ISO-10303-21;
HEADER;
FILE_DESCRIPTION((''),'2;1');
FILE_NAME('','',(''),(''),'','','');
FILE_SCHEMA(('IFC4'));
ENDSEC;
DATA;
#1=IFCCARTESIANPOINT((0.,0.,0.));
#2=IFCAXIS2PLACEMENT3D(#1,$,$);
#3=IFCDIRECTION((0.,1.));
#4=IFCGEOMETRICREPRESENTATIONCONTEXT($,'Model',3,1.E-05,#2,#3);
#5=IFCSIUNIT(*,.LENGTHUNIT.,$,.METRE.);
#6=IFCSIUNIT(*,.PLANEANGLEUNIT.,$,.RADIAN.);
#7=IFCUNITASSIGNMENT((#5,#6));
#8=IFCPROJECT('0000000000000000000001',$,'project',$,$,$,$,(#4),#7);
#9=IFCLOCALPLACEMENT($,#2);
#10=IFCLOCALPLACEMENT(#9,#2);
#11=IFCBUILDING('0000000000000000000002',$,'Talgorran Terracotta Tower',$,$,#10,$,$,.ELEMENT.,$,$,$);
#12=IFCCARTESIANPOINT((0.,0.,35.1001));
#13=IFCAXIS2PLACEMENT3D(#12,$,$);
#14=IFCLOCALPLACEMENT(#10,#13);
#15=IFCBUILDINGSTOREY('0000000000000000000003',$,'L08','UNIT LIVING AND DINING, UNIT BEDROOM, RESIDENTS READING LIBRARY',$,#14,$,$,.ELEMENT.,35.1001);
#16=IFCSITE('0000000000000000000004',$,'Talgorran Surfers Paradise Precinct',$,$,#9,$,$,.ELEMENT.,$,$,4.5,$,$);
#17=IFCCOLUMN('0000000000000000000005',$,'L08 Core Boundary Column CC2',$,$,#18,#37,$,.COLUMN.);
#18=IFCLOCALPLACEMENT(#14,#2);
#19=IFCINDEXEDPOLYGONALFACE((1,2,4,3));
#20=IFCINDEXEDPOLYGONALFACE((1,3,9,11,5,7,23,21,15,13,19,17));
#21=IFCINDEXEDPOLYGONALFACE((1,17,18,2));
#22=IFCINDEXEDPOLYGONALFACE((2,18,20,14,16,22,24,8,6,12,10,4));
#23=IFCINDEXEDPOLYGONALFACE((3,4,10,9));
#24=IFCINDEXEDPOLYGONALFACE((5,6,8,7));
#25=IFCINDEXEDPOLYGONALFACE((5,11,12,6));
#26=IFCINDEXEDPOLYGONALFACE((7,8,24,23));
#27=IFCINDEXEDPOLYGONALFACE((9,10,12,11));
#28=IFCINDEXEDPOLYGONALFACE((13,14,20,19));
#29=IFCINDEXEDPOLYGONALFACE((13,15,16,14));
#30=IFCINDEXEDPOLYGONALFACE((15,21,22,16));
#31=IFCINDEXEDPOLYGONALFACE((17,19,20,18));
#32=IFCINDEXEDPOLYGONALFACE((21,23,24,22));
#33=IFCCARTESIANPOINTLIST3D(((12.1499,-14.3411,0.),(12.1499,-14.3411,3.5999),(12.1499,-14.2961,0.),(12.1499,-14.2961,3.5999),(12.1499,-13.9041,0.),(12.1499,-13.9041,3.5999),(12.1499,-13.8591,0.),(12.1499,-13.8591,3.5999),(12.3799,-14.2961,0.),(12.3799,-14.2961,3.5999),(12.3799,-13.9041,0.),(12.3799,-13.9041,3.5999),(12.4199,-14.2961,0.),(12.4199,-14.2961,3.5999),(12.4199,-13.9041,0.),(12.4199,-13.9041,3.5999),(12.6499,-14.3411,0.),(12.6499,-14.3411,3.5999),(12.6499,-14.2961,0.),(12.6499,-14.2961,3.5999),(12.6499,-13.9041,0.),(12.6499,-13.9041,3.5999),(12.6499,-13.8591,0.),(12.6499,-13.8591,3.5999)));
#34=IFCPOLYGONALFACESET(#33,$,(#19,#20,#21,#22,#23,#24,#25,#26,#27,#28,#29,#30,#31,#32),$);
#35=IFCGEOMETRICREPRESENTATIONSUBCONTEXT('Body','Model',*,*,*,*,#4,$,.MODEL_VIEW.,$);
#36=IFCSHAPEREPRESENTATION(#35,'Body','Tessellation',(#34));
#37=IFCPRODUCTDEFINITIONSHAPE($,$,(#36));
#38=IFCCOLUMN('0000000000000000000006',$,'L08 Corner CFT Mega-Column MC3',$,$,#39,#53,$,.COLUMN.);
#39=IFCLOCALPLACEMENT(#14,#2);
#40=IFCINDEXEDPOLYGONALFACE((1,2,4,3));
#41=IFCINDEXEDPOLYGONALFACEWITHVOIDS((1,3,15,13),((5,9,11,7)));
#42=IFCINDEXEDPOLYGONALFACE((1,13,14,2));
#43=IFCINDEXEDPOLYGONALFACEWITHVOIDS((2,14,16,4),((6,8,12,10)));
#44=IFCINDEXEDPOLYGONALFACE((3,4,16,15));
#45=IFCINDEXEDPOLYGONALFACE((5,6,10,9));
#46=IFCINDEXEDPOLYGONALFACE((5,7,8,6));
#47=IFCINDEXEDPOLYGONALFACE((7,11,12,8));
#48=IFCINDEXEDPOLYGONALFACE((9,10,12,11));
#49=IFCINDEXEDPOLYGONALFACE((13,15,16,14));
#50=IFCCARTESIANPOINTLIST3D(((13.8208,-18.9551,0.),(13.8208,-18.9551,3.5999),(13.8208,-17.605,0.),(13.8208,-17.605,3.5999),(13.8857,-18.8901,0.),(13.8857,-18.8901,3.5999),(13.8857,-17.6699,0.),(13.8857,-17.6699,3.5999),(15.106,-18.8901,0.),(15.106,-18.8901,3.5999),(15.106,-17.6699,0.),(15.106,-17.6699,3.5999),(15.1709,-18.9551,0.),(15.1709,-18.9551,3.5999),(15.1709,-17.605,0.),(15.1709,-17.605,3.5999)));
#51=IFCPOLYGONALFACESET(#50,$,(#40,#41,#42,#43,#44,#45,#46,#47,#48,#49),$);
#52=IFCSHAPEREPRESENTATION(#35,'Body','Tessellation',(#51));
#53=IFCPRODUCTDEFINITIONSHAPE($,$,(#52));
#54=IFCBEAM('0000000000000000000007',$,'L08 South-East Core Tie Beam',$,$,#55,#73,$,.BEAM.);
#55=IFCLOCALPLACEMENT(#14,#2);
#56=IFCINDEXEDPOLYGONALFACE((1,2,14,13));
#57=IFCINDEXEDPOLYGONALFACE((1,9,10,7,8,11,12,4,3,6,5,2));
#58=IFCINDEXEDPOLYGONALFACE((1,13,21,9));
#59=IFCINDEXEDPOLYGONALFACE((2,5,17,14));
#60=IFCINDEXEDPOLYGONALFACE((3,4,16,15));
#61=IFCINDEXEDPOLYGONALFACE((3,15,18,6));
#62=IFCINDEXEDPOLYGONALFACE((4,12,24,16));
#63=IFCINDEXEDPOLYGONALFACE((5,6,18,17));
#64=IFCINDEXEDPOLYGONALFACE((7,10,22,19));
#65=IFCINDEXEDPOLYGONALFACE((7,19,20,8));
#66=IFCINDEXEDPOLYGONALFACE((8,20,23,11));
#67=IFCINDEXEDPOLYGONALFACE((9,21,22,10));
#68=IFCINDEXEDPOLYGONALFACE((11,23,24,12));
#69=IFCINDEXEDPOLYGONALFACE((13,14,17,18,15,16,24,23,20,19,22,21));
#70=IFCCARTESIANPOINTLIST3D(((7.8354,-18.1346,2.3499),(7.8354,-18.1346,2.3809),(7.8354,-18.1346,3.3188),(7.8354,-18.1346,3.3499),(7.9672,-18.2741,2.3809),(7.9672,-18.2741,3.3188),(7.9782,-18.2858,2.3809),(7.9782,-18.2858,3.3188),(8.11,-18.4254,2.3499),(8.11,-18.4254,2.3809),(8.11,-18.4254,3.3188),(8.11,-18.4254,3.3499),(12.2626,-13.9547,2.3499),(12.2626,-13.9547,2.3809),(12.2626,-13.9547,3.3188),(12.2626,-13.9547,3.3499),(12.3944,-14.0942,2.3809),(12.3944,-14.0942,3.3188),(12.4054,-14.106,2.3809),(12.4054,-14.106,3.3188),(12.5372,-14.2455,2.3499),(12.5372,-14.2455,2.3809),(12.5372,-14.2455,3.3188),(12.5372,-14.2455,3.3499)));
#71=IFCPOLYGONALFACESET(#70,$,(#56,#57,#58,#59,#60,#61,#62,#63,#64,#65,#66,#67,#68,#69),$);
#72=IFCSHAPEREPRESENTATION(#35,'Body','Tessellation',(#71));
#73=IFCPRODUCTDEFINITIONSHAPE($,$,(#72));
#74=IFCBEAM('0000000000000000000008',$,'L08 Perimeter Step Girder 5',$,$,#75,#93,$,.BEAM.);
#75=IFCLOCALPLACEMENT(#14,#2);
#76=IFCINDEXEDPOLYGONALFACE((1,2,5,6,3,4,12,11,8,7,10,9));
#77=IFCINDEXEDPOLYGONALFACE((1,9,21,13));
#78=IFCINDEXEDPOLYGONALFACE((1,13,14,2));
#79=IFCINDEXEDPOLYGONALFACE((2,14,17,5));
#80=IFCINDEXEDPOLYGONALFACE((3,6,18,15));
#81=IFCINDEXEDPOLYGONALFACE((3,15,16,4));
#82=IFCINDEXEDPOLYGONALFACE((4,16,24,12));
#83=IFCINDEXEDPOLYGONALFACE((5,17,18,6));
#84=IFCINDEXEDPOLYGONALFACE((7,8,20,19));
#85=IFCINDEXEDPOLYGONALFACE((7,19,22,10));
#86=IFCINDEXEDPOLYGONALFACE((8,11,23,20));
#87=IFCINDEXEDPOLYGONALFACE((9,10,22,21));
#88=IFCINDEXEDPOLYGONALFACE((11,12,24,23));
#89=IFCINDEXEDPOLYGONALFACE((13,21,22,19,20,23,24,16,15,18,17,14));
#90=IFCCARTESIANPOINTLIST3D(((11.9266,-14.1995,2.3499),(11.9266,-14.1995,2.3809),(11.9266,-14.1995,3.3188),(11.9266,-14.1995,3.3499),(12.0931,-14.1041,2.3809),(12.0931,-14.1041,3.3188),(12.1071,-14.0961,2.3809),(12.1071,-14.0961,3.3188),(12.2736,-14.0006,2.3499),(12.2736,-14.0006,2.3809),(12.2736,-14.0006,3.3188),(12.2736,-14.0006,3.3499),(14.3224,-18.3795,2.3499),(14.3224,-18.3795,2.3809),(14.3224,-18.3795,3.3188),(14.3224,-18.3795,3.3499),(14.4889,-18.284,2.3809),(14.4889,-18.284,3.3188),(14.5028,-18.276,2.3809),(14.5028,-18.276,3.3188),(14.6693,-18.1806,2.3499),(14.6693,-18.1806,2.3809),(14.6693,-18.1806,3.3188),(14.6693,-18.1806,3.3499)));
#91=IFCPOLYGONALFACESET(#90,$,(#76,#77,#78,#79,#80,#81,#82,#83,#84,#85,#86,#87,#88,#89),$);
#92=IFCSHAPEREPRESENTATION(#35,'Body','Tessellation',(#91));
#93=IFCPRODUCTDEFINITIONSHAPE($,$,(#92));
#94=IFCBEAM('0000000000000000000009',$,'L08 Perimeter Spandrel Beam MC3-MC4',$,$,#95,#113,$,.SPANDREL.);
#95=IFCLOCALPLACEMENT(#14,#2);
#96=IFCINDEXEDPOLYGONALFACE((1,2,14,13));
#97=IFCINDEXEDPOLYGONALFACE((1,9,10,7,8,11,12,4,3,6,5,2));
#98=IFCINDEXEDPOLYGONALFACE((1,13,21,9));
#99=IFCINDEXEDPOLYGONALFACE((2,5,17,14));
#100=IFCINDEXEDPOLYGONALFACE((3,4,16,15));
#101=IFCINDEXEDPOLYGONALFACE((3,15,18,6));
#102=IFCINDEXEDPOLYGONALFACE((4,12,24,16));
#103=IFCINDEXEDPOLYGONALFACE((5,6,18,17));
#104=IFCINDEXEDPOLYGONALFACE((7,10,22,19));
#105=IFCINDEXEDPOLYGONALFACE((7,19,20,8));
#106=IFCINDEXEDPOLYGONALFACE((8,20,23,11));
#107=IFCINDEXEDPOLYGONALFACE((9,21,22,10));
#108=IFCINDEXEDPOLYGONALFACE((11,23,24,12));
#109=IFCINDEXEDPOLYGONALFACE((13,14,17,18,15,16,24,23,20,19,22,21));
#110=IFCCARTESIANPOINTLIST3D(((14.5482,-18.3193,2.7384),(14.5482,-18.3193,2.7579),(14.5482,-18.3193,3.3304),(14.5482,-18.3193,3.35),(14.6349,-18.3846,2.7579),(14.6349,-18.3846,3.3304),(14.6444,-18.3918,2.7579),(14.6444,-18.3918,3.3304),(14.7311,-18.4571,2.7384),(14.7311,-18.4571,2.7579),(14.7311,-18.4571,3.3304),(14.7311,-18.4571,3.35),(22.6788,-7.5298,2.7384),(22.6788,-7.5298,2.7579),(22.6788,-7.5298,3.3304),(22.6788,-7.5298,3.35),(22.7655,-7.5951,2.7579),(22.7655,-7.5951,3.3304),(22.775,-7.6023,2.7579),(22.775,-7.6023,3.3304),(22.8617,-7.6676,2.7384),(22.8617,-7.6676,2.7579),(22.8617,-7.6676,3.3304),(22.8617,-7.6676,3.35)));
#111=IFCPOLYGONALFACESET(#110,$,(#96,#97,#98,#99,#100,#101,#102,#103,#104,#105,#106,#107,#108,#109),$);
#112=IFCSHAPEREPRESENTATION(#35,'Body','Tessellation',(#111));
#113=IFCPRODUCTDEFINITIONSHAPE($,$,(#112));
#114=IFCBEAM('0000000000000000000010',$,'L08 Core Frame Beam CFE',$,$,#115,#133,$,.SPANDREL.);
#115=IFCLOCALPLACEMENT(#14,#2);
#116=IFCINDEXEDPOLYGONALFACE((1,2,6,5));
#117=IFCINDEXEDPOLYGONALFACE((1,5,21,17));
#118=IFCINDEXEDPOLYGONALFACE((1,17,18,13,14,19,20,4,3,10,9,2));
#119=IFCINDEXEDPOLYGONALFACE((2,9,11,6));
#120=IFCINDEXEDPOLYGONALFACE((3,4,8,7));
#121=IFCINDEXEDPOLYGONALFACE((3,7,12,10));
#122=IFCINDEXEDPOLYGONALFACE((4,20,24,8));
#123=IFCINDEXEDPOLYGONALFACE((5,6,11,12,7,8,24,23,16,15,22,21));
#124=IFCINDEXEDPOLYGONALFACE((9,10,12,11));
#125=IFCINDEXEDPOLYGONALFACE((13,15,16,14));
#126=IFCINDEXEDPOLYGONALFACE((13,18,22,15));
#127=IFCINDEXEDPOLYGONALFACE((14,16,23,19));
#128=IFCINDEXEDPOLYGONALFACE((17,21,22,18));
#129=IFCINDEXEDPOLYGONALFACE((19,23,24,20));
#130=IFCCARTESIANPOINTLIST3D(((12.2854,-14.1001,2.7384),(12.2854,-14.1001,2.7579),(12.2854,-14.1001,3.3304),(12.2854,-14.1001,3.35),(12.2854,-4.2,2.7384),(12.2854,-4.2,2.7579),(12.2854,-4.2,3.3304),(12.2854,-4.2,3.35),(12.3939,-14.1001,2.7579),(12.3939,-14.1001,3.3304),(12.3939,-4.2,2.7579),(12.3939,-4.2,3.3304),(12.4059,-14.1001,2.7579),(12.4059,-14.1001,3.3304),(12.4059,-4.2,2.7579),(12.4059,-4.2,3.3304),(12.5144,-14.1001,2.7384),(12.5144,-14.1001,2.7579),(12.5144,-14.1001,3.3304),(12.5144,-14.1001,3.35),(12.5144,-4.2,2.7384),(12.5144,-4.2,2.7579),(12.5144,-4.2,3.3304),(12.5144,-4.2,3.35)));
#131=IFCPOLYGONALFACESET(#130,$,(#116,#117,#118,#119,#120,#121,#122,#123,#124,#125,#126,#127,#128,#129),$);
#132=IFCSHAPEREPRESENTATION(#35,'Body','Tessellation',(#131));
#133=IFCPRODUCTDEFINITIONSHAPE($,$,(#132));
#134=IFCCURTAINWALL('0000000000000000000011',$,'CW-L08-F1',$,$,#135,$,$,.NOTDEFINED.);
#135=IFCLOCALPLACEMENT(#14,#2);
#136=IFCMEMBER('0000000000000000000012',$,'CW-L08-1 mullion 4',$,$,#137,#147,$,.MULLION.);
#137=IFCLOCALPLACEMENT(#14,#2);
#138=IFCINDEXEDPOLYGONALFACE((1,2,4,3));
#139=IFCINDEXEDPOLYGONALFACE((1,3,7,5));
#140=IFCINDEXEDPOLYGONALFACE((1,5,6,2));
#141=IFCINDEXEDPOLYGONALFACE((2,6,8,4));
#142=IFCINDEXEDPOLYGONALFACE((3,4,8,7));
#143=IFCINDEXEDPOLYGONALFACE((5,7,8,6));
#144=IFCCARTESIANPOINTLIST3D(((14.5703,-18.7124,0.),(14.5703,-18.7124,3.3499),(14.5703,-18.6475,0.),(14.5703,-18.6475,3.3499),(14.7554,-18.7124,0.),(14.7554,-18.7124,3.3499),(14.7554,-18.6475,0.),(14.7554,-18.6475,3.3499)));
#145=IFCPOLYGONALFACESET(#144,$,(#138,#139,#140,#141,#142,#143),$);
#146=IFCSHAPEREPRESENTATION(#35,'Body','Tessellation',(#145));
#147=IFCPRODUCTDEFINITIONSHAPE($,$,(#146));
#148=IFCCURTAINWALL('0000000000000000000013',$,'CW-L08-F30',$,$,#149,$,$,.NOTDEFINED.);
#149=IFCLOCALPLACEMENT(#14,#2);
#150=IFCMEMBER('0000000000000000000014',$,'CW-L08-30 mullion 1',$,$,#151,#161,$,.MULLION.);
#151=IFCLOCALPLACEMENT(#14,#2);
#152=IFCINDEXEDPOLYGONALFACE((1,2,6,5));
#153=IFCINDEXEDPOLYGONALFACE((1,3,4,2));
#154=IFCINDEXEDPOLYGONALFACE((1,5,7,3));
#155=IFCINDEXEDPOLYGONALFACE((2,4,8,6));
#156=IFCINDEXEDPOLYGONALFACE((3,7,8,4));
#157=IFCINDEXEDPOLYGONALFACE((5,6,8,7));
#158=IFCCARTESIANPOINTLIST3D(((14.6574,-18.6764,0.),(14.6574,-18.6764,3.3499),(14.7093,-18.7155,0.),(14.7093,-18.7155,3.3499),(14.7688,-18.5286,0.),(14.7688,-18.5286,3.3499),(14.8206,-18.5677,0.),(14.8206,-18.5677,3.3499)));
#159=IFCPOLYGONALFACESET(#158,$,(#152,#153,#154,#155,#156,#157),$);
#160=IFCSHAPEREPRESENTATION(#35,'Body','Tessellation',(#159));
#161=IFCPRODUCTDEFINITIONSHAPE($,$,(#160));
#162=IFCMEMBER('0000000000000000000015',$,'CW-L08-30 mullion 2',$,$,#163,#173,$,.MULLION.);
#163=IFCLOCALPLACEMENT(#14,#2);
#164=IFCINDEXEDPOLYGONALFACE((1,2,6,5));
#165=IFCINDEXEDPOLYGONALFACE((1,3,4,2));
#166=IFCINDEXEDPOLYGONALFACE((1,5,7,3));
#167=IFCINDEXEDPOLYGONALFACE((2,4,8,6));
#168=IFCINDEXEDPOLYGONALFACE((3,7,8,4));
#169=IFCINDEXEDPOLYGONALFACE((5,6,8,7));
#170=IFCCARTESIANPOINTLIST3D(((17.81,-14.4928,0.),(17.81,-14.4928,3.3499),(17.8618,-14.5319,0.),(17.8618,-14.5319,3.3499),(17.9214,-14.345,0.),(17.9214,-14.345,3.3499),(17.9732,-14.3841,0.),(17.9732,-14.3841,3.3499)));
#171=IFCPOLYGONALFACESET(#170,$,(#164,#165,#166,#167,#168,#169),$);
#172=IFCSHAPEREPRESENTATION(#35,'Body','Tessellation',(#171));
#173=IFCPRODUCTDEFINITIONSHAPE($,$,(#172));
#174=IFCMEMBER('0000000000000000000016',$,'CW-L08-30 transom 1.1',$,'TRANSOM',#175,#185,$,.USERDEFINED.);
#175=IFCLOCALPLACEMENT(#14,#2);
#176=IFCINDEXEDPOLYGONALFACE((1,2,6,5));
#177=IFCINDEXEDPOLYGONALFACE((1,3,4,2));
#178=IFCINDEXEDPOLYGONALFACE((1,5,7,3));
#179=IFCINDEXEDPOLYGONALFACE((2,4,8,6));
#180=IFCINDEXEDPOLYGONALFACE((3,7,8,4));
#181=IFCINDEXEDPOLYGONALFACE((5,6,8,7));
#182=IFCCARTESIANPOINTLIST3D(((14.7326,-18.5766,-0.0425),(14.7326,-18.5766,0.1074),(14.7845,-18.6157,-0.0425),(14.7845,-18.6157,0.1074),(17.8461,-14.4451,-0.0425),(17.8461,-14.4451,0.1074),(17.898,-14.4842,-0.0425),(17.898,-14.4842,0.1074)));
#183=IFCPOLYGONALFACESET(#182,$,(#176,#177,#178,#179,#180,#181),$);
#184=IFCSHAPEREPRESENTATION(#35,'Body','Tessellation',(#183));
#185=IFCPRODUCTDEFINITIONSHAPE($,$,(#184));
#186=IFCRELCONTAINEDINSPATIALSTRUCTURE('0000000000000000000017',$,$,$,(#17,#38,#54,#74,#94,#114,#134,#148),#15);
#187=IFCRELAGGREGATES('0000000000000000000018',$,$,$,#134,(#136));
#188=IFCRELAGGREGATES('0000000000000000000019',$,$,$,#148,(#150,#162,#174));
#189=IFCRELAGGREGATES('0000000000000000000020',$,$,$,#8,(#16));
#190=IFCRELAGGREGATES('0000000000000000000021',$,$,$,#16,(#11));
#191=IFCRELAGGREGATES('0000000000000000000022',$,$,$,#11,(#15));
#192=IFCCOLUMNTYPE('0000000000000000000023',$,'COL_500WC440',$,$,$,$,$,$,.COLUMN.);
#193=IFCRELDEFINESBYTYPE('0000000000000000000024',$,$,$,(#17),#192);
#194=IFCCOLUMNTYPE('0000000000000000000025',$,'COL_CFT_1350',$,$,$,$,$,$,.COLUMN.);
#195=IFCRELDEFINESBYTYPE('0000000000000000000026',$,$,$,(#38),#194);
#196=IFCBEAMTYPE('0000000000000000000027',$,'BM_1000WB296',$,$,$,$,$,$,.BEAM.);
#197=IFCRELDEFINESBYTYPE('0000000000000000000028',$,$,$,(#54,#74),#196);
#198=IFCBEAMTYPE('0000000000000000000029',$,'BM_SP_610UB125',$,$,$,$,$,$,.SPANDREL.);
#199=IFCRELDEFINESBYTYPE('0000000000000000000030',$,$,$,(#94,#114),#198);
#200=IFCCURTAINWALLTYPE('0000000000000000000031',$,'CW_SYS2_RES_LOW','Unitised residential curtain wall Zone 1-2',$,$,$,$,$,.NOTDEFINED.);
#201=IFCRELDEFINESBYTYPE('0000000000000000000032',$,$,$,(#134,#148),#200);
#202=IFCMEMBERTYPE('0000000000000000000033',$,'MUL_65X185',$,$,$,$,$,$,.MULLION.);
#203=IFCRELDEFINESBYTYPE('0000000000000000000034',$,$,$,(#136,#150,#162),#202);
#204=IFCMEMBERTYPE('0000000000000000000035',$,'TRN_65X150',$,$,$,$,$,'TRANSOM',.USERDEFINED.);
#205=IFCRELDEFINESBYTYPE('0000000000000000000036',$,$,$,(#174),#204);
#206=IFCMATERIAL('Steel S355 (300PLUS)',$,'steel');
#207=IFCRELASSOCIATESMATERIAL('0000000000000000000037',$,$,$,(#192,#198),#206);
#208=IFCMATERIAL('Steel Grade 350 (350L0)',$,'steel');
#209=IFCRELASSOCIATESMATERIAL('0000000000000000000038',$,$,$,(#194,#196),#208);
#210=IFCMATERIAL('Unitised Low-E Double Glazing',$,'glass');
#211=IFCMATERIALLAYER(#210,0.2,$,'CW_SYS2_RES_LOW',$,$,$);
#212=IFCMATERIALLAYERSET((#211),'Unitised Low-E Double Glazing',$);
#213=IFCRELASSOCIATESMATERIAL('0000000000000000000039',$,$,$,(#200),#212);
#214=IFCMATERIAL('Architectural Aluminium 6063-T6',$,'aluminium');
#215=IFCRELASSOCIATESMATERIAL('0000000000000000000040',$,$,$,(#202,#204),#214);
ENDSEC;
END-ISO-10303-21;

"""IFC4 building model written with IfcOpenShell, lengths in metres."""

from ifc_helpers import new_model, si_unit, direction, frame, origin, origin_2d, place, context, subcontext, project, spatial, rectangle, hollow_rectangle, i_section, extrude, material, layer, layer_set, material_profile, profile_set, type_object, element, aggregate, save


model = new_model("IFC4")

# Units and contexts
model_context = context("Model", 3, precision=1e-05, world=origin(), true_north=direction((0.0, 1.0)))
body_context = subcontext(model_context, "Body", "Model", "MODEL_VIEW")
ifc_project = project(units=[si_unit("LENGTHUNIT", "METRE"), si_unit("PLANEANGLEUNIT", "RADIAN")], contexts=[model_context])

# Site, building, storey
site_placement = place(None, origin())
site = spatial("IfcSite", under=ifc_project, at=site_placement, Name="Talgorran Surfers Paradise Precinct", CompositionType="ELEMENT", RefElevation=4.5)
building_placement = place(site_placement, origin())
building = spatial("IfcBuilding", under=site, at=building_placement, Name="Talgorran Terracotta Tower", CompositionType="ELEMENT")
storey_placement = place(building_placement, frame((0.0, 0.0, 35.1001)))
storey = spatial("IfcBuildingStorey", under=building, at=storey_placement, Name="L08", Description="UNIT LIVING AND DINING, UNIT BEDROOM, RESIDENTS READING LIBRARY", CompositionType="ELEMENT", Elevation=35.1001)

# Columns
ifc_material_1 = material(Name="Steel S355 (300PLUS)", Category="steel")
ifc_material_profile_1 = material_profile(ifc_material_1, i_section(OverallWidth=0.5, OverallDepth=0.4819, WebThickness=0.04, FlangeThickness=0.0449, at=origin_2d()), Name="500WC440")
ifc_profile_set_1 = profile_set([ifc_material_profile_1], Name="Steel S355 (300PLUS)")
column_type_1 = type_object("IfcColumnType", Name="COL_500WC440", PredefinedType="COLUMN", material=ifc_profile_set_1)
column_1_placement = place(storey_placement, frame((12.3999, -14.1001, 0.0), z_axis=(0.0, 0.0, 1.0), x_axis=(1.0, 0.0, 0.0)))
element("IfcColumn", 1, at=column_1_placement, inside=storey, type_object=column_type_1, Name="L08 Core Boundary Column CC2", PredefinedType="COLUMN", context=body_context, shape_type="SweptSolid", body=[
    extrude(i_section(OverallWidth=0.5, OverallDepth=0.4819, WebThickness=0.04, FlangeThickness=0.0449, at=origin_2d()), origin(), (0.0, 0.0, 1.0), 3.5999),
])
ifc_material_2 = material(Name="Steel Grade 350 (350L0)", Category="steel")
ifc_material_profile_2 = material_profile(ifc_material_2, hollow_rectangle(XDim=1.3501, YDim=1.3501, WallThickness=0.0649, at=origin_2d()), Name="CFT1350X1350X65")
ifc_profile_set_2 = profile_set([ifc_material_profile_2], Name="Steel Grade 350 (350L0)")
column_type_2 = type_object("IfcColumnType", Name="COL_CFT_1350", PredefinedType="COLUMN", material=ifc_profile_set_2)
column_2_placement = place(storey_placement, frame((14.4958, -18.28, 0.0), z_axis=(0.0, 0.0, 1.0), x_axis=(1.0, 0.0, 0.0)))
element("IfcColumn", 2, at=column_2_placement, inside=storey, type_object=column_type_2, Name="L08 Corner CFT Mega-Column MC3", PredefinedType="COLUMN", context=body_context, shape_type="SweptSolid", body=[
    extrude(hollow_rectangle(XDim=1.3501, YDim=1.3501, WallThickness=0.0649, at=origin_2d()), origin(), (0.0, 0.0, 1.0), 3.5999),
])

# Beams
ifc_material_profile_3 = material_profile(ifc_material_2, i_section(OverallWidth=0.3999, OverallDepth=1.0, WebThickness=0.0161, FlangeThickness=0.031, at=origin_2d()), Name="1000WB296")
ifc_profile_set_3 = profile_set([ifc_material_profile_3], Name="Steel Grade 350 (350L0)")
beam_type_1 = type_object("IfcBeamType", Name="BM_1000WB296", PredefinedType="BEAM", material=ifc_profile_set_3)
beam_1_placement = place(storey_placement, frame((12.3999, -14.1001, 2.8499), z_axis=(-0.727124, -0.686506, 0.0), x_axis=(0.686506, -0.727124, 0.0)))
element("IfcBeam", 3, at=beam_1_placement, inside=storey, type_object=beam_type_1, Name="L08 South-East Core Tie Beam", PredefinedType="BEAM", context=body_context, shape_type="SweptSolid", body=[
    extrude(i_section(OverallWidth=0.3999, OverallDepth=1.0, WebThickness=0.0161, FlangeThickness=0.031, at=origin_2d()), origin(), (0.0, 0.0, 1.0), 6.0886),
])
beam_2_placement = place(storey_placement, frame((14.4958, -18.28, 2.8499), z_axis=(-0.497268, 0.867597, 0.0), x_axis=(-0.867597, -0.497268, 0.0)))
element("IfcBeam", 4, at=beam_2_placement, inside=storey, type_object=beam_type_1, Name="L08 Perimeter Step Girder 5", PredefinedType="BEAM", context=body_context, shape_type="SweptSolid", body=[
    extrude(i_section(OverallWidth=0.3999, OverallDepth=1.0, WebThickness=0.0161, FlangeThickness=0.031, at=origin_2d()), origin(), (0.0, 0.0, 1.0), 4.8179),
])
ifc_material_profile_4 = material_profile(ifc_material_1, i_section(OverallWidth=0.229, OverallDepth=0.6116, WebThickness=0.012, FlangeThickness=0.0195, at=origin_2d()), Name="610UB125")
ifc_profile_set_4 = profile_set([ifc_material_profile_4], Name="Steel S355 (300PLUS)")
beam_type_2 = type_object("IfcBeamType", Name="BM_SP_610UB125", PredefinedType="SPANDREL", material=ifc_profile_set_4)
beam_3_placement = place(storey_placement, frame((14.6396, -18.3882, 3.0442), z_axis=(0.60182, 0.798632, 0.0), x_axis=(-0.798632, 0.60182, 0.0)))
element("IfcBeam", 5, at=beam_3_placement, inside=storey, type_object=beam_type_2, Name="L08 Perimeter Spandrel Beam MC3-MC4", PredefinedType="SPANDREL", context=body_context, shape_type="SweptSolid", body=[
    extrude(i_section(OverallWidth=0.229, OverallDepth=0.6116, WebThickness=0.012, FlangeThickness=0.0195, at=origin_2d()), origin(), (0.0, 0.0, 1.0), 13.51),
])
beam_4_placement = place(storey_placement, frame((12.3999, -14.1001, 3.0442), z_axis=(0.0, 1.0, 0.0), x_axis=(-1.0, 0.0, 0.0)))
element("IfcBeam", 6, at=beam_4_placement, inside=storey, type_object=beam_type_2, Name="L08 Core Frame Beam CFE", PredefinedType="SPANDREL", context=body_context, shape_type="SweptSolid", body=[
    extrude(i_section(OverallWidth=0.229, OverallDepth=0.6116, WebThickness=0.012, FlangeThickness=0.0195, at=origin_2d()), origin(), (0.0, 0.0, 1.0), 9.9001),
])

# Curtain wall, member
ifc_material_3 = material(Name="Unitised Low-E Double Glazing", Category="glass")
ifc_layer_1 = layer(ifc_material_3, 0.2, Name="CW_SYS2_RES_LOW")
ifc_layer_set_1 = layer_set([ifc_layer_1], Name="Unitised Low-E Double Glazing")
curtain_wall_type = type_object("IfcCurtainWallType", Name="CW_SYS2_RES_LOW", Description="Unitised residential curtain wall Zone 1-2", PredefinedType="NOTDEFINED", material=ifc_layer_set_1)
curtain_wall_1_placement = place(storey_placement, origin())
curtain_wall_1 = element("IfcCurtainWall", 7, at=curtain_wall_1_placement, inside=storey, type_object=curtain_wall_type, Name="CW-L08-F1", PredefinedType="NOTDEFINED")
ifc_material_4 = material(Name="Architectural Aluminium 6063-T6", Category="aluminium")
ifc_material_profile_5 = material_profile(ifc_material_4, rectangle(XDim=0.0649, YDim=0.1851, at=origin_2d()), Name="CWM65X185")
ifc_profile_set_5 = profile_set([ifc_material_profile_5], Name="Architectural Aluminium 6063-T6")
member_type_1 = type_object("IfcMemberType", Name="MUL_65X185", PredefinedType="MULLION", material=ifc_profile_set_5)
member_1_placement = place(storey_placement, frame((14.6628, -18.6799, 0.0), z_axis=(0.0, 0.0, 1.0), x_axis=(0.0, 1.0, 0.0)))
member_1 = element("IfcMember", 8, at=member_1_placement, type_object=member_type_1, Name="CW-L08-1 mullion 4", PredefinedType="MULLION", context=body_context, shape_type="SweptSolid", body=[
    extrude(rectangle(XDim=0.0649, YDim=0.1851, at=origin_2d()), origin(), (0.0, 0.0, 1.0), 3.3499),
])
aggregate(curtain_wall_1, [member_1])

# Curtain wall, members
curtain_wall_2_placement = place(storey_placement, origin())
curtain_wall_2 = element("IfcCurtainWall", 9, at=curtain_wall_2_placement, inside=storey, type_object=curtain_wall_type, Name="CW-L08-F30", PredefinedType="NOTDEFINED")
member_2_placement = place(storey_placement, frame((14.739, -18.6221, 0.0), z_axis=(0.0, 0.0, 1.0), x_axis=(-0.798643, 0.601806, 0.0)))
member_2 = element("IfcMember", 10, at=member_2_placement, type_object=member_type_1, Name="CW-L08-30 mullion 1", PredefinedType="MULLION", context=body_context, shape_type="SweptSolid", body=[
    extrude(rectangle(XDim=0.0649, YDim=0.1851, at=origin_2d()), origin(), (0.0, 0.0, 1.0), 3.3499),
])
member_3_placement = place(storey_placement, frame((17.8916, -14.4385, 0.0), z_axis=(0.0, 0.0, 1.0), x_axis=(-0.798643, 0.601806, 0.0)))
member_3 = element("IfcMember", 11, at=member_3_placement, type_object=member_type_1, Name="CW-L08-30 mullion 2", PredefinedType="MULLION", context=body_context, shape_type="SweptSolid", body=[
    extrude(rectangle(XDim=0.0649, YDim=0.1851, at=origin_2d()), origin(), (0.0, 0.0, 1.0), 3.3499),
])
ifc_material_profile_6 = material_profile(ifc_material_4, rectangle(XDim=0.0649, YDim=0.1499, at=origin_2d()), Name="CWT65X150")
ifc_profile_set_6 = profile_set([ifc_material_profile_6], Name="Architectural Aluminium 6063-T6")
member_type_2 = type_object("IfcMemberType", Name="TRN_65X150", ElementType="TRANSOM", PredefinedType="USERDEFINED", material=ifc_profile_set_6)
member_4_placement = place(storey_placement, frame((14.7585, -18.5962, 0.0325), z_axis=(0.601833, 0.798622, 0.0), x_axis=(-0.798622, 0.601833, 0.0)))
member_4 = element("IfcMember", 12, at=member_4_placement, type_object=member_type_2, Name="CW-L08-30 transom 1.1", ObjectType="TRANSOM", PredefinedType="USERDEFINED", context=body_context, shape_type="SweptSolid", body=[
    extrude(rectangle(XDim=0.0649, YDim=0.1499, at=origin_2d()), origin(), (0.0, 0.0, 1.0), 5.1733),
])

aggregate(curtain_wall_2, [member_2, member_3, member_4])

save(model, "model.ifc")
